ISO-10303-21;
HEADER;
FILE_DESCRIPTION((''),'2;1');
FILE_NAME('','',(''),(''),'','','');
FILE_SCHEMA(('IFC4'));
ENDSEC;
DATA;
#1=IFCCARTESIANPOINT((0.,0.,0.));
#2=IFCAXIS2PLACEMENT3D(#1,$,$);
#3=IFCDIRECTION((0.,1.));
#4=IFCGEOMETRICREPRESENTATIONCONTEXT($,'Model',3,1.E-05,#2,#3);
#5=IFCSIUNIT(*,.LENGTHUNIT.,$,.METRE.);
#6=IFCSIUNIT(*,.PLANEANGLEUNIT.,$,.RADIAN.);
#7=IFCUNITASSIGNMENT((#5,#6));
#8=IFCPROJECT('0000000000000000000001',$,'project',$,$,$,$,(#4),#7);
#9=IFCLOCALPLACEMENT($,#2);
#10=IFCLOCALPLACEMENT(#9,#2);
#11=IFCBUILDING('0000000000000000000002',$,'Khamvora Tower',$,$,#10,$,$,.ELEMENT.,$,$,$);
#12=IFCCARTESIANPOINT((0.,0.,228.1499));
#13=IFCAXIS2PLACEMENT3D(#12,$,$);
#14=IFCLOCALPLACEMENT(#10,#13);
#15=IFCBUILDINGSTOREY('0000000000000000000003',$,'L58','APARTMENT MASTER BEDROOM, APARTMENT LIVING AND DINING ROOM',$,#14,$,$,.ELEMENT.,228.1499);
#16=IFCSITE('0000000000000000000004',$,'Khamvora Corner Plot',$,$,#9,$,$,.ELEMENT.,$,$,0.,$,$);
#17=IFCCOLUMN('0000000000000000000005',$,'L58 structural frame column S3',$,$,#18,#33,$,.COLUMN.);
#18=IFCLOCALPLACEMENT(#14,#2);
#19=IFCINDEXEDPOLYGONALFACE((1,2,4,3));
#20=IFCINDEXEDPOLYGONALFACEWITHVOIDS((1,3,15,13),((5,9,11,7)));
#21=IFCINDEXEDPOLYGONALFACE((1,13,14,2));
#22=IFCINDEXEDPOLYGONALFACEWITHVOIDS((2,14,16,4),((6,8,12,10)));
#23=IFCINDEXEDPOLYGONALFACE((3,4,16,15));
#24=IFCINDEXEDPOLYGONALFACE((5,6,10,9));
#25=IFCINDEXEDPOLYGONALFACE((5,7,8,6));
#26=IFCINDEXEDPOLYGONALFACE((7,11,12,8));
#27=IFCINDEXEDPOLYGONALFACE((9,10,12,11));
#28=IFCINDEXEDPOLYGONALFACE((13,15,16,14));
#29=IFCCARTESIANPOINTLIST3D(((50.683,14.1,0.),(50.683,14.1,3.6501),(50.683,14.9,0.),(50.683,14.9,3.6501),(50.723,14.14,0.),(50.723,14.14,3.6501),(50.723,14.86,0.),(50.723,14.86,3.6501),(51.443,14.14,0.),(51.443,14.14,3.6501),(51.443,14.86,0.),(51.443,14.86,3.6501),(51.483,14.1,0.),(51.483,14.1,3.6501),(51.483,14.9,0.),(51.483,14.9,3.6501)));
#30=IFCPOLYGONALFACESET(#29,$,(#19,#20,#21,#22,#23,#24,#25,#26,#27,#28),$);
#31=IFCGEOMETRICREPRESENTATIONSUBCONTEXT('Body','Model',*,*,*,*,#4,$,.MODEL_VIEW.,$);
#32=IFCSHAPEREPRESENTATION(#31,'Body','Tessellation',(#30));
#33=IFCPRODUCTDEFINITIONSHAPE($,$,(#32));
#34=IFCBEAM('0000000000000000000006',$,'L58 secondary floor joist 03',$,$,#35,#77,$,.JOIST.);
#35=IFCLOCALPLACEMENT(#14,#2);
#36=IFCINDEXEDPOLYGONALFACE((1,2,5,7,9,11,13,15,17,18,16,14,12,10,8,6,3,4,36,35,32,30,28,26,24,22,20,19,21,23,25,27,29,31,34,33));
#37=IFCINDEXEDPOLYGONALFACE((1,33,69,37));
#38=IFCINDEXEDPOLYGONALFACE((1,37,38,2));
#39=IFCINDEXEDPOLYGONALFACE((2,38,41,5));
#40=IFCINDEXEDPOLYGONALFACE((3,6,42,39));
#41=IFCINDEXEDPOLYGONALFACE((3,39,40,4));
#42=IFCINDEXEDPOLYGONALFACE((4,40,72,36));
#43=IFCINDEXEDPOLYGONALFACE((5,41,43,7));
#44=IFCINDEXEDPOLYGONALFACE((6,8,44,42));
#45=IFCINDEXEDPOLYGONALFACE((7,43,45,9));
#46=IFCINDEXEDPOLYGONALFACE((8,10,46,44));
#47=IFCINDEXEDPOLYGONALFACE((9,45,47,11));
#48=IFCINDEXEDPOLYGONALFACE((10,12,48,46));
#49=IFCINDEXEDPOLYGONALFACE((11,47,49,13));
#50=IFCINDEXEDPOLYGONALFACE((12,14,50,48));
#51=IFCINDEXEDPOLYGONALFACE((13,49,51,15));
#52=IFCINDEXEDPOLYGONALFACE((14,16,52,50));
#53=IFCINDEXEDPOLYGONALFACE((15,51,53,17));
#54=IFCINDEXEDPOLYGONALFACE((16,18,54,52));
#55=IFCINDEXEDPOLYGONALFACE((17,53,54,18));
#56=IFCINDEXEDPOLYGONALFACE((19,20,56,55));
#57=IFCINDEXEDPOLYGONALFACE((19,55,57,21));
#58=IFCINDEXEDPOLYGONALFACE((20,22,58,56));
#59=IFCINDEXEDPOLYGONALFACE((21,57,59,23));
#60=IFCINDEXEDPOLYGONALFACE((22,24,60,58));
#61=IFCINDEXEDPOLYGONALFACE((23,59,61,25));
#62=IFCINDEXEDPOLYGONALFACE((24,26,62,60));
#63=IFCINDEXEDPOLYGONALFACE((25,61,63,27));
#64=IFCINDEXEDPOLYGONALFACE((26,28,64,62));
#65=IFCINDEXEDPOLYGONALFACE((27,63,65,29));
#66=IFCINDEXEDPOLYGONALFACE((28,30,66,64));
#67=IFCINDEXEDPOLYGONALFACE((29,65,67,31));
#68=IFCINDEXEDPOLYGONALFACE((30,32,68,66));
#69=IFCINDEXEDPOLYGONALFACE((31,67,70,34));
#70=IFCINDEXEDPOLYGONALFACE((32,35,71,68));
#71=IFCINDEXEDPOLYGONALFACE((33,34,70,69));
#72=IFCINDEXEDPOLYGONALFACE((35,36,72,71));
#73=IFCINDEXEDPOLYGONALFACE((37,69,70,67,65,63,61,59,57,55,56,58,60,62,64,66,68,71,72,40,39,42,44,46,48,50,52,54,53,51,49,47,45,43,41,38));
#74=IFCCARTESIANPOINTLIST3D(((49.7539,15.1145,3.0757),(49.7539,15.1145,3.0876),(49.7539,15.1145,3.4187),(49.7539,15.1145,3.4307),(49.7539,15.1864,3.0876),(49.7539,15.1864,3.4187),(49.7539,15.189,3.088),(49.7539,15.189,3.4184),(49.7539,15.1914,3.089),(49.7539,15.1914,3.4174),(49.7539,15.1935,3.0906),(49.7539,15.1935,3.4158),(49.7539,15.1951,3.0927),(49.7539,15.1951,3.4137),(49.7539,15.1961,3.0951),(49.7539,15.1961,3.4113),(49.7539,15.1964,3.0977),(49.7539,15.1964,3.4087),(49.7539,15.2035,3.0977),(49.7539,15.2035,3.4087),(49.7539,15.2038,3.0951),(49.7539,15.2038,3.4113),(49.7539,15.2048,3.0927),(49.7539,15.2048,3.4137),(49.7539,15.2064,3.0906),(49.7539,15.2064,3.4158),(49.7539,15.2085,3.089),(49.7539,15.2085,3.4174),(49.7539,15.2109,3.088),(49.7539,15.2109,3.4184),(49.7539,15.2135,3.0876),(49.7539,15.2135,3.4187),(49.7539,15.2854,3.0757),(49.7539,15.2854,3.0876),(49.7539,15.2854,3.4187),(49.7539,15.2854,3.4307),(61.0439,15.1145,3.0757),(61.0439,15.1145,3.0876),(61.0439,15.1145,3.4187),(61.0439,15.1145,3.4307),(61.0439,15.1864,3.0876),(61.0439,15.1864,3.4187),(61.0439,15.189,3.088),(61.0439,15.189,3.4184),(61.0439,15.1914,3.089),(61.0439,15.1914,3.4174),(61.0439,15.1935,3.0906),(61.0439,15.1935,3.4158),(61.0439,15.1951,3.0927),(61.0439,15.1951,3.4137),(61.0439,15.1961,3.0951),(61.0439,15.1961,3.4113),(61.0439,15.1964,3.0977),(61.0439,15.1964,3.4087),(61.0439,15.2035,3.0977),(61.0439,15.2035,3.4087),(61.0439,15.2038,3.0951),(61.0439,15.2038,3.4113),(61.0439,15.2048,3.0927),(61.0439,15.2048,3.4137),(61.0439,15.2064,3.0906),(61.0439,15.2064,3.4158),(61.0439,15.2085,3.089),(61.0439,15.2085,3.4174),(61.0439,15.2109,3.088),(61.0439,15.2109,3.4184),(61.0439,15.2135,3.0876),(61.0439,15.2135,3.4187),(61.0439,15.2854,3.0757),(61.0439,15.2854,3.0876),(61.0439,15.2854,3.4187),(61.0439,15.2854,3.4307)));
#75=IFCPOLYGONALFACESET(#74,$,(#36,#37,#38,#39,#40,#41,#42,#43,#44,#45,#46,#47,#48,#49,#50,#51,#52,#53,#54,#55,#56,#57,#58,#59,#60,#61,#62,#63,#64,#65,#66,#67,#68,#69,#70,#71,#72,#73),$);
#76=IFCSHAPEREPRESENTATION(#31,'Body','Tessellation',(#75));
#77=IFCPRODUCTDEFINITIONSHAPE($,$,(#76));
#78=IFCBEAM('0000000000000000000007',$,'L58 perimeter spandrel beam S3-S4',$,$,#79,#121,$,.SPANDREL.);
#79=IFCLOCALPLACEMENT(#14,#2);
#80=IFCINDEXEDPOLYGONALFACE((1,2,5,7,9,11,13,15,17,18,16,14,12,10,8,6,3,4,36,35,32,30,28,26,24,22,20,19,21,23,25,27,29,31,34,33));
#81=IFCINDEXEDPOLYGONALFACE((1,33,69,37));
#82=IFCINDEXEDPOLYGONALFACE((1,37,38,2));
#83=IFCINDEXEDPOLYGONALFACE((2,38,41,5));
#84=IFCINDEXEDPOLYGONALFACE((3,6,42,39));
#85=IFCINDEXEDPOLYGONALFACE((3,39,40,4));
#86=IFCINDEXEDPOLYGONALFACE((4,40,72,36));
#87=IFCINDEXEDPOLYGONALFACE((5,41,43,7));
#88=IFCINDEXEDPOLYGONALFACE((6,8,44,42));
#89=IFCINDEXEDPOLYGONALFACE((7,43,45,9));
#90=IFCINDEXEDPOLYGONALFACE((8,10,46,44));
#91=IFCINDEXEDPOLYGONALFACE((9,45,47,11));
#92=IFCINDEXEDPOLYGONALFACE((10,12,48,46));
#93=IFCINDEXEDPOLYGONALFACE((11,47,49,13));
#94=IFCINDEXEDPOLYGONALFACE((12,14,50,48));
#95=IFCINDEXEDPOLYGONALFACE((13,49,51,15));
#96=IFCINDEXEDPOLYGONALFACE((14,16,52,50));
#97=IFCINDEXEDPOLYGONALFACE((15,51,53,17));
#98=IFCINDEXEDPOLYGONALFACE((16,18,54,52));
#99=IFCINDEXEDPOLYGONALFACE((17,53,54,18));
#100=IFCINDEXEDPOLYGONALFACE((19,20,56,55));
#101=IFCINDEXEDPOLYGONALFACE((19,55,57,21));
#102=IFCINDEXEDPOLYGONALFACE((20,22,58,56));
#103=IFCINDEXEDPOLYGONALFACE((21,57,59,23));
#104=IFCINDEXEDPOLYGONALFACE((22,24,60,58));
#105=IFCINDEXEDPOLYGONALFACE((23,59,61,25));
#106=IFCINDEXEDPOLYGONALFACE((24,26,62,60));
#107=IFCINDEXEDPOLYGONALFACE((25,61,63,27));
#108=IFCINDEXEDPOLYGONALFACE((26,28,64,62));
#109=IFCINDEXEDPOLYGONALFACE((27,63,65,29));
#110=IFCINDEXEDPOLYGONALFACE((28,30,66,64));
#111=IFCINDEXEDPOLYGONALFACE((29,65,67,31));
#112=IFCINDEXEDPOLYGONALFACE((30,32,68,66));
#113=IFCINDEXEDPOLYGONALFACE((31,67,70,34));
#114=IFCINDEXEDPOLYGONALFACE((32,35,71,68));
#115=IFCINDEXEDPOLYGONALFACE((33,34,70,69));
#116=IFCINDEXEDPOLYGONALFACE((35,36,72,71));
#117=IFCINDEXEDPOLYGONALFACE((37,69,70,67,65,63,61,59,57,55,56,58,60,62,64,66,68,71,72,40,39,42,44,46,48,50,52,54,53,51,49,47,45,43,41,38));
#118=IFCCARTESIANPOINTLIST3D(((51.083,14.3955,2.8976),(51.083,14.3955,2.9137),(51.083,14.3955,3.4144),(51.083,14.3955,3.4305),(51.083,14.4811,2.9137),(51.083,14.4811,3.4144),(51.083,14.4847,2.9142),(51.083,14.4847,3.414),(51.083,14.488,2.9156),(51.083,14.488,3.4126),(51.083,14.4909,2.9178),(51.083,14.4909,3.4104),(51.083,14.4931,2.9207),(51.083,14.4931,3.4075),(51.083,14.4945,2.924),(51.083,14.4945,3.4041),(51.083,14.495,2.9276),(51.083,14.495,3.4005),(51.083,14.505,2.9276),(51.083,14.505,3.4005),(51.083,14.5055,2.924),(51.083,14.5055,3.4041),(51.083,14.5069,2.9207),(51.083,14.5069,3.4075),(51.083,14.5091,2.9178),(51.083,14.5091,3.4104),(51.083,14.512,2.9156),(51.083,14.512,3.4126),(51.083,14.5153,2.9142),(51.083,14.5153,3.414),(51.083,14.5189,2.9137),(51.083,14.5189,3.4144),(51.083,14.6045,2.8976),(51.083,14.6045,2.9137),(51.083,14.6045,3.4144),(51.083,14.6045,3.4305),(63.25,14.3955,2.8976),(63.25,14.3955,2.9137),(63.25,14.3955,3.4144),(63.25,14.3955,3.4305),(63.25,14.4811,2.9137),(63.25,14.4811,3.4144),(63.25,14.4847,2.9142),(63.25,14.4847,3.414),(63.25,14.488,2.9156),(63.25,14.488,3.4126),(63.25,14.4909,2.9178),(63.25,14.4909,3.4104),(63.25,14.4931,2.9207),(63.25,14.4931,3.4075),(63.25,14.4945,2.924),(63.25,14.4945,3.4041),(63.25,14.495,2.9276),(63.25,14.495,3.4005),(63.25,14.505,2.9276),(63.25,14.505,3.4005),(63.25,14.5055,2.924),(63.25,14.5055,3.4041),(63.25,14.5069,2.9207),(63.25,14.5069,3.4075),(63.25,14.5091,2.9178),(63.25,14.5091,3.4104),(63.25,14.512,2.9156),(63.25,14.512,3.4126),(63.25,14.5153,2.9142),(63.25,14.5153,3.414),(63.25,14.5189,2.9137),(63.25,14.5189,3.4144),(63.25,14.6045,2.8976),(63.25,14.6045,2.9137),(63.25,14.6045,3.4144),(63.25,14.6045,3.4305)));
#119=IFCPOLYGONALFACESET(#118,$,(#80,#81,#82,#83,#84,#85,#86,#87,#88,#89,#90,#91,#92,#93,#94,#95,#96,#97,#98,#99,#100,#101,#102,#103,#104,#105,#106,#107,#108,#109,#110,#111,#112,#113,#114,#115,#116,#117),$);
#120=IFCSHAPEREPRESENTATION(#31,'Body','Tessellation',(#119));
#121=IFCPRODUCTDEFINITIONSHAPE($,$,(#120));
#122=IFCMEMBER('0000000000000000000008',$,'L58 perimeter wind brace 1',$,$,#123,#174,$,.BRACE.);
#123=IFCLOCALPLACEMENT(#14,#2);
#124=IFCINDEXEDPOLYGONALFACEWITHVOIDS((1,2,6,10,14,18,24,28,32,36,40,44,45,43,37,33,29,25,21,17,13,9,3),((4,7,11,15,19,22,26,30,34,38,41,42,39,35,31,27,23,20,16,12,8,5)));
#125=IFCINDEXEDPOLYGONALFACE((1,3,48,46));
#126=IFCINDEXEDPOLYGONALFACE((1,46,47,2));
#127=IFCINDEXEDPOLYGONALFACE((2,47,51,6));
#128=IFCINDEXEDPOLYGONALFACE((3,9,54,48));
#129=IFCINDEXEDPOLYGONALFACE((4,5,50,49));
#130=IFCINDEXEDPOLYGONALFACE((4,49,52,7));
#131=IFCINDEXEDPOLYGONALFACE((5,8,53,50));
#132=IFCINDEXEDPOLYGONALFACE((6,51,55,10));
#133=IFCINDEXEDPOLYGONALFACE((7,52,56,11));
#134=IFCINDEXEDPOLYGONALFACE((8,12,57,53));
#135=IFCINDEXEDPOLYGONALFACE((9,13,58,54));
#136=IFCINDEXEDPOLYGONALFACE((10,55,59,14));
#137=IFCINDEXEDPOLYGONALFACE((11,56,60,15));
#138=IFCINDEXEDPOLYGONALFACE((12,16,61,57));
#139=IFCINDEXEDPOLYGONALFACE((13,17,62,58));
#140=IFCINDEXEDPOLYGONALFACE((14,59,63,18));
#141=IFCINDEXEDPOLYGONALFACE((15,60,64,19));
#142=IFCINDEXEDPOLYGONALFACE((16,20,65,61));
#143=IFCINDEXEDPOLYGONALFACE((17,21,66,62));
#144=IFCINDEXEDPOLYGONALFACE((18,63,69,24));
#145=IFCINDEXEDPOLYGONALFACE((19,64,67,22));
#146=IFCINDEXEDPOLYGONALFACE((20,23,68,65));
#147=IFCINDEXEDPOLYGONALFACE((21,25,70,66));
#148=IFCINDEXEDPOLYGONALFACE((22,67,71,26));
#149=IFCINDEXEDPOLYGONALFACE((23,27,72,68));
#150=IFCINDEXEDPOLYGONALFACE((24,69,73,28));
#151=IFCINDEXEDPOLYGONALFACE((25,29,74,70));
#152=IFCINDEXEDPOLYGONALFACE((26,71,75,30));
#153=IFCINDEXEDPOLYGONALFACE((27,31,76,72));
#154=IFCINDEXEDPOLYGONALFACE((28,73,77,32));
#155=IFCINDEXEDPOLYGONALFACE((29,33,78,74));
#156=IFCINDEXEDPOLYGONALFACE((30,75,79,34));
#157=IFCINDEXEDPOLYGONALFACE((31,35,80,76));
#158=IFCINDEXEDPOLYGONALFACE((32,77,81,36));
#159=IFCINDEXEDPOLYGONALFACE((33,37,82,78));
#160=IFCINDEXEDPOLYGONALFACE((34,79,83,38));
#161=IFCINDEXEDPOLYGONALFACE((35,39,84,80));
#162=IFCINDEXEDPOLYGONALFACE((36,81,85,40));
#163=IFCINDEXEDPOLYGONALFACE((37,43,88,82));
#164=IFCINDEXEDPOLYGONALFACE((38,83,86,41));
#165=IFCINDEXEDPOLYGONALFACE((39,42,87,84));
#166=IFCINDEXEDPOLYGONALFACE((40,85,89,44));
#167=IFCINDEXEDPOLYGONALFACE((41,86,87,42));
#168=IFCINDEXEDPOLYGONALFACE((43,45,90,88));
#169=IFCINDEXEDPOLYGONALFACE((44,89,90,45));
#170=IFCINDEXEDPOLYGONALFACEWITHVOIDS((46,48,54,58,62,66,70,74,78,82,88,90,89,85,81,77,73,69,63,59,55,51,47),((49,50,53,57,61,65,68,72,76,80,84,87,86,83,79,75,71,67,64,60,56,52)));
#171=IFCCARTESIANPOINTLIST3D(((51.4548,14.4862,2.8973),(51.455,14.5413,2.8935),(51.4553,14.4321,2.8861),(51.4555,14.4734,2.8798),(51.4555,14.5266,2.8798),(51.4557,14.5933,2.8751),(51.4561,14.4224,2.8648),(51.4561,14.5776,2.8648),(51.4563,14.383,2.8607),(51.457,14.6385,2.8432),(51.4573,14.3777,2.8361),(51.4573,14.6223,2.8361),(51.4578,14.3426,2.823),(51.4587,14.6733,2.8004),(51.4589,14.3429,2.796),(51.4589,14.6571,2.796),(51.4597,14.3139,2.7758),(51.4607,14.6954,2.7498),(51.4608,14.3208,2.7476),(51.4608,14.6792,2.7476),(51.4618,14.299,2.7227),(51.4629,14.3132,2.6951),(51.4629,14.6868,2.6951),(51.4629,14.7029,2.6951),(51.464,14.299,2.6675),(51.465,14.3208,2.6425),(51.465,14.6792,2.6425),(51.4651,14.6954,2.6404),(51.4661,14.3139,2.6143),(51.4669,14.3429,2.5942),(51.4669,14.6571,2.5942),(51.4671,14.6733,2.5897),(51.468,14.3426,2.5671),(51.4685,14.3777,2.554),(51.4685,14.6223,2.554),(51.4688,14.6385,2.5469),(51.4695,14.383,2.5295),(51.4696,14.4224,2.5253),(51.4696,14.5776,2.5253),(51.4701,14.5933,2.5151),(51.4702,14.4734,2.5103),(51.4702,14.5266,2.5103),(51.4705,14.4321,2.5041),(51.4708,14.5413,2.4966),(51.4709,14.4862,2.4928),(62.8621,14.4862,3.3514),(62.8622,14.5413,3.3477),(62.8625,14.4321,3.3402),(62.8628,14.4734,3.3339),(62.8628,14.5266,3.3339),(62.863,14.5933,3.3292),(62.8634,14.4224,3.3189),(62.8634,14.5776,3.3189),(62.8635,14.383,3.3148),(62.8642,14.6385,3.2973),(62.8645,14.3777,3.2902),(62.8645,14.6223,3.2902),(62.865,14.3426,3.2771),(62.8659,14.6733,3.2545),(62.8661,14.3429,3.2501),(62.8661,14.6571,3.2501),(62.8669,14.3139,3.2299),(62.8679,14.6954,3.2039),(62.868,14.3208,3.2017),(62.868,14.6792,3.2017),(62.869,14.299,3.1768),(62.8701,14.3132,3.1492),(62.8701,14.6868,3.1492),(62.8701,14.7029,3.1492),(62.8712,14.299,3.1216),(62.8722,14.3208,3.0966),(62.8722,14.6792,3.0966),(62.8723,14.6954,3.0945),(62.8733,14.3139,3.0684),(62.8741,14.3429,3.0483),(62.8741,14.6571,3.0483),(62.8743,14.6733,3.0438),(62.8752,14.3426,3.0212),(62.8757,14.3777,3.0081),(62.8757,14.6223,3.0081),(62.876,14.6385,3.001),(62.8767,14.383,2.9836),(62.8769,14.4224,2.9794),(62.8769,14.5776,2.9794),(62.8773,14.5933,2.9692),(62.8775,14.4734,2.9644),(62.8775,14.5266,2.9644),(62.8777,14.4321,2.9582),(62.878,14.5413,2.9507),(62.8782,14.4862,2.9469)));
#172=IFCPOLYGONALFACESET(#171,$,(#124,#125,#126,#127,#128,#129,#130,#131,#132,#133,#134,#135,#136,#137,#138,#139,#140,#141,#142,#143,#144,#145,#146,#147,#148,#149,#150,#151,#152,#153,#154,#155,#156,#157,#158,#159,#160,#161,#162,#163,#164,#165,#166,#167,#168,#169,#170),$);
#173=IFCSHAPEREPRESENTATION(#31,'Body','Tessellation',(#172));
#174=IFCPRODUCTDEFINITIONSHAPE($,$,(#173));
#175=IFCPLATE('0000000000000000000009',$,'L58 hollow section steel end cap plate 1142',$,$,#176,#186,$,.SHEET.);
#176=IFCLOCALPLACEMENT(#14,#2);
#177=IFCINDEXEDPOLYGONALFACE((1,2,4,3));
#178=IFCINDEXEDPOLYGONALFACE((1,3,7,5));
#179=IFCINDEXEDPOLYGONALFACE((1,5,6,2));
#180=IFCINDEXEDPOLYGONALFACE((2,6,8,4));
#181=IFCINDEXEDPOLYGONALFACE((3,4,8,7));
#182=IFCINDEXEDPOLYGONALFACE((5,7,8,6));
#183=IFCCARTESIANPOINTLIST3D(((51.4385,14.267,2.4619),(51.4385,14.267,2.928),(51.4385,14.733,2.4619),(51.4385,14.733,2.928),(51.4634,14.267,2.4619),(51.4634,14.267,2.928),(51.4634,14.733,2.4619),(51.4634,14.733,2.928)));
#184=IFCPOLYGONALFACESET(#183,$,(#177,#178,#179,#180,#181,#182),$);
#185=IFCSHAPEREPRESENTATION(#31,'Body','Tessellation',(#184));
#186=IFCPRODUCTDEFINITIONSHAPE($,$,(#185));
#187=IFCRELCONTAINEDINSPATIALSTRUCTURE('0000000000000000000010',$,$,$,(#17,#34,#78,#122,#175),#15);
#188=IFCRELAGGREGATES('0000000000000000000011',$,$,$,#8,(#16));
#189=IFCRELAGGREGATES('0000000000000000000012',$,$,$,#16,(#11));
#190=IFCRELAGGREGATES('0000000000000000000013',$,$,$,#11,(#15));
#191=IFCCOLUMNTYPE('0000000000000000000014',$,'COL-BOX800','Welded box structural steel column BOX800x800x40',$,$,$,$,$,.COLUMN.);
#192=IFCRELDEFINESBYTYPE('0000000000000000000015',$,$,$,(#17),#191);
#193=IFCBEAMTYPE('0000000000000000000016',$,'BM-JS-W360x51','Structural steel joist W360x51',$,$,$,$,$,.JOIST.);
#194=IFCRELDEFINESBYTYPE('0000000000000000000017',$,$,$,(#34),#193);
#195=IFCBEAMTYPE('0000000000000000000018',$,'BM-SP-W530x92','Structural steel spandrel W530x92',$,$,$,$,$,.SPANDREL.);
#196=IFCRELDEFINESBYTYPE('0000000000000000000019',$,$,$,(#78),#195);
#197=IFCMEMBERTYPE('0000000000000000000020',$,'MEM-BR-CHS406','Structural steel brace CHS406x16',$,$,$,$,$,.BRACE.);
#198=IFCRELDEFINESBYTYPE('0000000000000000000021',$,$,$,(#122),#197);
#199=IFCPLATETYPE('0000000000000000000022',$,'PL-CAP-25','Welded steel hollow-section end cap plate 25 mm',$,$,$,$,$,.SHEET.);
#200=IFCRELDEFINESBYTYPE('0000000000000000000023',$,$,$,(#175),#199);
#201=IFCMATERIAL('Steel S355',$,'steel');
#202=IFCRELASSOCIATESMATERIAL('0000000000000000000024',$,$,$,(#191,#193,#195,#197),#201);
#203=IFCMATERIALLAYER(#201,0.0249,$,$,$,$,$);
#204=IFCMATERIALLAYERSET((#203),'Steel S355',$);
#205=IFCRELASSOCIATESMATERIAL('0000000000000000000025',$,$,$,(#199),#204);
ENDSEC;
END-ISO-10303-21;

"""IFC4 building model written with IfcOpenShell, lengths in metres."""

from ifc_helpers import new_model, si_unit, direction, frame, origin, origin_2d, place, context, subcontext, project, spatial, rectangle, hollow_rectangle, hollow_circle, i_section, extrude, material, layer, layer_set, material_profile, profile_set, type_object, element, save


model = new_model("IFC4")

# Units and contexts
model_context = context("Model", 3, precision=1e-05, world=origin(), true_north=direction((0.0, 1.0)))
body_context = subcontext(model_context, "Body", "Model", "MODEL_VIEW")
ifc_project = project(units=[si_unit("LENGTHUNIT", "METRE"), si_unit("PLANEANGLEUNIT", "RADIAN")], contexts=[model_context])

# Site, building, storey
site_placement = place(None, origin())
site = spatial("IfcSite", under=ifc_project, at=site_placement, Name="Khamvora Corner Plot", CompositionType="ELEMENT", RefElevation=0.0)
building_placement = place(site_placement, origin())
building = spatial("IfcBuilding", under=site, at=building_placement, Name="Khamvora Tower", CompositionType="ELEMENT")
storey_placement = place(building_placement, frame((0.0, 0.0, 228.1499)))
storey = spatial("IfcBuildingStorey", under=building, at=storey_placement, Name="L58", Description="APARTMENT MASTER BEDROOM, APARTMENT LIVING AND DINING ROOM", CompositionType="ELEMENT", Elevation=228.1499)

# Column
ifc_material_1 = material(Name="Steel S355", Category="steel")
ifc_material_profile_1 = material_profile(ifc_material_1, hollow_rectangle(XDim=0.8, YDim=0.8, WallThickness=0.04, at=origin_2d()), Name="BOX800x800x40")
ifc_profile_set_1 = profile_set([ifc_material_profile_1], Name="Steel S355")
column_type = type_object("IfcColumnType", Name="COL-BOX800", Description="Welded box structural steel column BOX800x800x40", PredefinedType="COLUMN", material=ifc_profile_set_1)
column_placement = place(storey_placement, frame((51.083, 14.5, 0.0), z_axis=(0.0, 0.0, 1.0), x_axis=(1.0, 0.0, 0.0)))
element("IfcColumn", 1, at=column_placement, inside=storey, type_object=column_type, Name="L58 structural frame column S3", PredefinedType="COLUMN", context=body_context, shape_type="SweptSolid", body=[
    extrude(hollow_rectangle(XDim=0.8, YDim=0.8, WallThickness=0.04, at=origin_2d()), origin(), (0.0, 0.0, 1.0), 3.6501),
])

# Beams
ifc_material_profile_2 = material_profile(ifc_material_1, i_section(OverallWidth=0.1709, OverallDepth=0.355, WebThickness=0.0071, FlangeThickness=0.012, FilletRadius=0.01, at=origin_2d()), Name="W360x51")
ifc_profile_set_2 = profile_set([ifc_material_profile_2], Name="Steel S355")
beam_type_1 = type_object("IfcBeamType", Name="BM-JS-W360x51", Description="Structural steel joist W360x51", PredefinedType="JOIST", material=ifc_profile_set_2)
beam_1_placement = place(storey_placement, frame((49.7539, 15.2, 3.2532), z_axis=(1.0, 0.0, 0.0), x_axis=(0.0, 1.0, 0.0)))
element("IfcBeam", 2, at=beam_1_placement, inside=storey, type_object=beam_type_1, Name="L58 secondary floor joist 03", PredefinedType="JOIST", context=body_context, shape_type="SweptSolid", body=[
    extrude(i_section(OverallWidth=0.1709, OverallDepth=0.355, WebThickness=0.0071, FlangeThickness=0.012, FilletRadius=0.01, at=origin_2d()), origin(), (0.0, 0.0, 1.0), 11.29),
])
ifc_material_profile_3 = material_profile(ifc_material_1, i_section(OverallWidth=0.209, OverallDepth=0.533, WebThickness=0.01, FlangeThickness=0.0161, FilletRadius=0.0139, at=origin_2d()), Name="W530x92")
ifc_profile_set_3 = profile_set([ifc_material_profile_3], Name="Steel S355")
beam_type_2 = type_object("IfcBeamType", Name="BM-SP-W530x92", Description="Structural steel spandrel W530x92", PredefinedType="SPANDREL", material=ifc_profile_set_3)
beam_2_placement = place(storey_placement, frame((51.083, 14.5, 3.1641), z_axis=(1.0, 0.0, 0.0), x_axis=(0.0, 1.0, 0.0)))
element("IfcBeam", 3, at=beam_2_placement, inside=storey, type_object=beam_type_2, Name="L58 perimeter spandrel beam S3-S4", PredefinedType="SPANDREL", context=body_context, shape_type="SweptSolid", body=[
    extrude(i_section(OverallWidth=0.209, OverallDepth=0.533, WebThickness=0.01, FlangeThickness=0.0161, FilletRadius=0.0139, at=origin_2d()), origin(), (0.0, 0.0, 1.0), 12.167),
])

# Member
ifc_material_profile_4 = material_profile(ifc_material_1, hollow_circle(Radius=0.2029, WallThickness=0.0161, at=origin_2d()), Name="CHS406x16")
ifc_profile_set_4 = profile_set([ifc_material_profile_4], Name="Steel S355")
member_type = type_object("IfcMemberType", Name="MEM-BR-CHS406", Description="Structural steel brace CHS406x16", PredefinedType="BRACE", material=ifc_profile_set_4)
member_placement = place(storey_placement, frame((51.4629, 14.5, 2.6951), z_axis=(0.999209, 0.0, 0.039777), x_axis=(0.0, 1.0, 0.0)))
element("IfcMember", 4, at=member_placement, inside=storey, type_object=member_type, Name="L58 perimeter wind brace 1", PredefinedType="BRACE", context=body_context, shape_type="SweptSolid", body=[
    extrude(hollow_circle(Radius=0.2029, WallThickness=0.0161, at=origin_2d()), origin(), (0.0, 0.0, 1.0), 11.4163),
])

# Plate
ifc_layer_1 = layer(ifc_material_1, 0.0249)
ifc_layer_set_1 = layer_set([ifc_layer_1], Name="Steel S355")
plate_type_1 = type_object("IfcPlateType", Name="PL-CAP-25", Description="Welded steel hollow-section end cap plate 25 mm", PredefinedType="SHEET", material=ifc_layer_set_1)
plate_1_placement = place(storey_placement, frame((51.4509, 14.5, 2.4619), z_axis=(0.0, 0.0, 1.0), x_axis=(1.0, 0.0, 0.0)))
element("IfcPlate", 5, at=plate_1_placement, inside=storey, type_object=plate_type_1, Name="L58 hollow section steel end cap plate 1142", PredefinedType="SHEET", context=body_context, shape_type="SweptSolid", body=[
    extrude(rectangle(XDim=0.0249, YDim=0.4661, at=origin_2d()), origin(), (0.0, 0.0, 1.0), 0.4661),
])

save(model, "model.ifc")
